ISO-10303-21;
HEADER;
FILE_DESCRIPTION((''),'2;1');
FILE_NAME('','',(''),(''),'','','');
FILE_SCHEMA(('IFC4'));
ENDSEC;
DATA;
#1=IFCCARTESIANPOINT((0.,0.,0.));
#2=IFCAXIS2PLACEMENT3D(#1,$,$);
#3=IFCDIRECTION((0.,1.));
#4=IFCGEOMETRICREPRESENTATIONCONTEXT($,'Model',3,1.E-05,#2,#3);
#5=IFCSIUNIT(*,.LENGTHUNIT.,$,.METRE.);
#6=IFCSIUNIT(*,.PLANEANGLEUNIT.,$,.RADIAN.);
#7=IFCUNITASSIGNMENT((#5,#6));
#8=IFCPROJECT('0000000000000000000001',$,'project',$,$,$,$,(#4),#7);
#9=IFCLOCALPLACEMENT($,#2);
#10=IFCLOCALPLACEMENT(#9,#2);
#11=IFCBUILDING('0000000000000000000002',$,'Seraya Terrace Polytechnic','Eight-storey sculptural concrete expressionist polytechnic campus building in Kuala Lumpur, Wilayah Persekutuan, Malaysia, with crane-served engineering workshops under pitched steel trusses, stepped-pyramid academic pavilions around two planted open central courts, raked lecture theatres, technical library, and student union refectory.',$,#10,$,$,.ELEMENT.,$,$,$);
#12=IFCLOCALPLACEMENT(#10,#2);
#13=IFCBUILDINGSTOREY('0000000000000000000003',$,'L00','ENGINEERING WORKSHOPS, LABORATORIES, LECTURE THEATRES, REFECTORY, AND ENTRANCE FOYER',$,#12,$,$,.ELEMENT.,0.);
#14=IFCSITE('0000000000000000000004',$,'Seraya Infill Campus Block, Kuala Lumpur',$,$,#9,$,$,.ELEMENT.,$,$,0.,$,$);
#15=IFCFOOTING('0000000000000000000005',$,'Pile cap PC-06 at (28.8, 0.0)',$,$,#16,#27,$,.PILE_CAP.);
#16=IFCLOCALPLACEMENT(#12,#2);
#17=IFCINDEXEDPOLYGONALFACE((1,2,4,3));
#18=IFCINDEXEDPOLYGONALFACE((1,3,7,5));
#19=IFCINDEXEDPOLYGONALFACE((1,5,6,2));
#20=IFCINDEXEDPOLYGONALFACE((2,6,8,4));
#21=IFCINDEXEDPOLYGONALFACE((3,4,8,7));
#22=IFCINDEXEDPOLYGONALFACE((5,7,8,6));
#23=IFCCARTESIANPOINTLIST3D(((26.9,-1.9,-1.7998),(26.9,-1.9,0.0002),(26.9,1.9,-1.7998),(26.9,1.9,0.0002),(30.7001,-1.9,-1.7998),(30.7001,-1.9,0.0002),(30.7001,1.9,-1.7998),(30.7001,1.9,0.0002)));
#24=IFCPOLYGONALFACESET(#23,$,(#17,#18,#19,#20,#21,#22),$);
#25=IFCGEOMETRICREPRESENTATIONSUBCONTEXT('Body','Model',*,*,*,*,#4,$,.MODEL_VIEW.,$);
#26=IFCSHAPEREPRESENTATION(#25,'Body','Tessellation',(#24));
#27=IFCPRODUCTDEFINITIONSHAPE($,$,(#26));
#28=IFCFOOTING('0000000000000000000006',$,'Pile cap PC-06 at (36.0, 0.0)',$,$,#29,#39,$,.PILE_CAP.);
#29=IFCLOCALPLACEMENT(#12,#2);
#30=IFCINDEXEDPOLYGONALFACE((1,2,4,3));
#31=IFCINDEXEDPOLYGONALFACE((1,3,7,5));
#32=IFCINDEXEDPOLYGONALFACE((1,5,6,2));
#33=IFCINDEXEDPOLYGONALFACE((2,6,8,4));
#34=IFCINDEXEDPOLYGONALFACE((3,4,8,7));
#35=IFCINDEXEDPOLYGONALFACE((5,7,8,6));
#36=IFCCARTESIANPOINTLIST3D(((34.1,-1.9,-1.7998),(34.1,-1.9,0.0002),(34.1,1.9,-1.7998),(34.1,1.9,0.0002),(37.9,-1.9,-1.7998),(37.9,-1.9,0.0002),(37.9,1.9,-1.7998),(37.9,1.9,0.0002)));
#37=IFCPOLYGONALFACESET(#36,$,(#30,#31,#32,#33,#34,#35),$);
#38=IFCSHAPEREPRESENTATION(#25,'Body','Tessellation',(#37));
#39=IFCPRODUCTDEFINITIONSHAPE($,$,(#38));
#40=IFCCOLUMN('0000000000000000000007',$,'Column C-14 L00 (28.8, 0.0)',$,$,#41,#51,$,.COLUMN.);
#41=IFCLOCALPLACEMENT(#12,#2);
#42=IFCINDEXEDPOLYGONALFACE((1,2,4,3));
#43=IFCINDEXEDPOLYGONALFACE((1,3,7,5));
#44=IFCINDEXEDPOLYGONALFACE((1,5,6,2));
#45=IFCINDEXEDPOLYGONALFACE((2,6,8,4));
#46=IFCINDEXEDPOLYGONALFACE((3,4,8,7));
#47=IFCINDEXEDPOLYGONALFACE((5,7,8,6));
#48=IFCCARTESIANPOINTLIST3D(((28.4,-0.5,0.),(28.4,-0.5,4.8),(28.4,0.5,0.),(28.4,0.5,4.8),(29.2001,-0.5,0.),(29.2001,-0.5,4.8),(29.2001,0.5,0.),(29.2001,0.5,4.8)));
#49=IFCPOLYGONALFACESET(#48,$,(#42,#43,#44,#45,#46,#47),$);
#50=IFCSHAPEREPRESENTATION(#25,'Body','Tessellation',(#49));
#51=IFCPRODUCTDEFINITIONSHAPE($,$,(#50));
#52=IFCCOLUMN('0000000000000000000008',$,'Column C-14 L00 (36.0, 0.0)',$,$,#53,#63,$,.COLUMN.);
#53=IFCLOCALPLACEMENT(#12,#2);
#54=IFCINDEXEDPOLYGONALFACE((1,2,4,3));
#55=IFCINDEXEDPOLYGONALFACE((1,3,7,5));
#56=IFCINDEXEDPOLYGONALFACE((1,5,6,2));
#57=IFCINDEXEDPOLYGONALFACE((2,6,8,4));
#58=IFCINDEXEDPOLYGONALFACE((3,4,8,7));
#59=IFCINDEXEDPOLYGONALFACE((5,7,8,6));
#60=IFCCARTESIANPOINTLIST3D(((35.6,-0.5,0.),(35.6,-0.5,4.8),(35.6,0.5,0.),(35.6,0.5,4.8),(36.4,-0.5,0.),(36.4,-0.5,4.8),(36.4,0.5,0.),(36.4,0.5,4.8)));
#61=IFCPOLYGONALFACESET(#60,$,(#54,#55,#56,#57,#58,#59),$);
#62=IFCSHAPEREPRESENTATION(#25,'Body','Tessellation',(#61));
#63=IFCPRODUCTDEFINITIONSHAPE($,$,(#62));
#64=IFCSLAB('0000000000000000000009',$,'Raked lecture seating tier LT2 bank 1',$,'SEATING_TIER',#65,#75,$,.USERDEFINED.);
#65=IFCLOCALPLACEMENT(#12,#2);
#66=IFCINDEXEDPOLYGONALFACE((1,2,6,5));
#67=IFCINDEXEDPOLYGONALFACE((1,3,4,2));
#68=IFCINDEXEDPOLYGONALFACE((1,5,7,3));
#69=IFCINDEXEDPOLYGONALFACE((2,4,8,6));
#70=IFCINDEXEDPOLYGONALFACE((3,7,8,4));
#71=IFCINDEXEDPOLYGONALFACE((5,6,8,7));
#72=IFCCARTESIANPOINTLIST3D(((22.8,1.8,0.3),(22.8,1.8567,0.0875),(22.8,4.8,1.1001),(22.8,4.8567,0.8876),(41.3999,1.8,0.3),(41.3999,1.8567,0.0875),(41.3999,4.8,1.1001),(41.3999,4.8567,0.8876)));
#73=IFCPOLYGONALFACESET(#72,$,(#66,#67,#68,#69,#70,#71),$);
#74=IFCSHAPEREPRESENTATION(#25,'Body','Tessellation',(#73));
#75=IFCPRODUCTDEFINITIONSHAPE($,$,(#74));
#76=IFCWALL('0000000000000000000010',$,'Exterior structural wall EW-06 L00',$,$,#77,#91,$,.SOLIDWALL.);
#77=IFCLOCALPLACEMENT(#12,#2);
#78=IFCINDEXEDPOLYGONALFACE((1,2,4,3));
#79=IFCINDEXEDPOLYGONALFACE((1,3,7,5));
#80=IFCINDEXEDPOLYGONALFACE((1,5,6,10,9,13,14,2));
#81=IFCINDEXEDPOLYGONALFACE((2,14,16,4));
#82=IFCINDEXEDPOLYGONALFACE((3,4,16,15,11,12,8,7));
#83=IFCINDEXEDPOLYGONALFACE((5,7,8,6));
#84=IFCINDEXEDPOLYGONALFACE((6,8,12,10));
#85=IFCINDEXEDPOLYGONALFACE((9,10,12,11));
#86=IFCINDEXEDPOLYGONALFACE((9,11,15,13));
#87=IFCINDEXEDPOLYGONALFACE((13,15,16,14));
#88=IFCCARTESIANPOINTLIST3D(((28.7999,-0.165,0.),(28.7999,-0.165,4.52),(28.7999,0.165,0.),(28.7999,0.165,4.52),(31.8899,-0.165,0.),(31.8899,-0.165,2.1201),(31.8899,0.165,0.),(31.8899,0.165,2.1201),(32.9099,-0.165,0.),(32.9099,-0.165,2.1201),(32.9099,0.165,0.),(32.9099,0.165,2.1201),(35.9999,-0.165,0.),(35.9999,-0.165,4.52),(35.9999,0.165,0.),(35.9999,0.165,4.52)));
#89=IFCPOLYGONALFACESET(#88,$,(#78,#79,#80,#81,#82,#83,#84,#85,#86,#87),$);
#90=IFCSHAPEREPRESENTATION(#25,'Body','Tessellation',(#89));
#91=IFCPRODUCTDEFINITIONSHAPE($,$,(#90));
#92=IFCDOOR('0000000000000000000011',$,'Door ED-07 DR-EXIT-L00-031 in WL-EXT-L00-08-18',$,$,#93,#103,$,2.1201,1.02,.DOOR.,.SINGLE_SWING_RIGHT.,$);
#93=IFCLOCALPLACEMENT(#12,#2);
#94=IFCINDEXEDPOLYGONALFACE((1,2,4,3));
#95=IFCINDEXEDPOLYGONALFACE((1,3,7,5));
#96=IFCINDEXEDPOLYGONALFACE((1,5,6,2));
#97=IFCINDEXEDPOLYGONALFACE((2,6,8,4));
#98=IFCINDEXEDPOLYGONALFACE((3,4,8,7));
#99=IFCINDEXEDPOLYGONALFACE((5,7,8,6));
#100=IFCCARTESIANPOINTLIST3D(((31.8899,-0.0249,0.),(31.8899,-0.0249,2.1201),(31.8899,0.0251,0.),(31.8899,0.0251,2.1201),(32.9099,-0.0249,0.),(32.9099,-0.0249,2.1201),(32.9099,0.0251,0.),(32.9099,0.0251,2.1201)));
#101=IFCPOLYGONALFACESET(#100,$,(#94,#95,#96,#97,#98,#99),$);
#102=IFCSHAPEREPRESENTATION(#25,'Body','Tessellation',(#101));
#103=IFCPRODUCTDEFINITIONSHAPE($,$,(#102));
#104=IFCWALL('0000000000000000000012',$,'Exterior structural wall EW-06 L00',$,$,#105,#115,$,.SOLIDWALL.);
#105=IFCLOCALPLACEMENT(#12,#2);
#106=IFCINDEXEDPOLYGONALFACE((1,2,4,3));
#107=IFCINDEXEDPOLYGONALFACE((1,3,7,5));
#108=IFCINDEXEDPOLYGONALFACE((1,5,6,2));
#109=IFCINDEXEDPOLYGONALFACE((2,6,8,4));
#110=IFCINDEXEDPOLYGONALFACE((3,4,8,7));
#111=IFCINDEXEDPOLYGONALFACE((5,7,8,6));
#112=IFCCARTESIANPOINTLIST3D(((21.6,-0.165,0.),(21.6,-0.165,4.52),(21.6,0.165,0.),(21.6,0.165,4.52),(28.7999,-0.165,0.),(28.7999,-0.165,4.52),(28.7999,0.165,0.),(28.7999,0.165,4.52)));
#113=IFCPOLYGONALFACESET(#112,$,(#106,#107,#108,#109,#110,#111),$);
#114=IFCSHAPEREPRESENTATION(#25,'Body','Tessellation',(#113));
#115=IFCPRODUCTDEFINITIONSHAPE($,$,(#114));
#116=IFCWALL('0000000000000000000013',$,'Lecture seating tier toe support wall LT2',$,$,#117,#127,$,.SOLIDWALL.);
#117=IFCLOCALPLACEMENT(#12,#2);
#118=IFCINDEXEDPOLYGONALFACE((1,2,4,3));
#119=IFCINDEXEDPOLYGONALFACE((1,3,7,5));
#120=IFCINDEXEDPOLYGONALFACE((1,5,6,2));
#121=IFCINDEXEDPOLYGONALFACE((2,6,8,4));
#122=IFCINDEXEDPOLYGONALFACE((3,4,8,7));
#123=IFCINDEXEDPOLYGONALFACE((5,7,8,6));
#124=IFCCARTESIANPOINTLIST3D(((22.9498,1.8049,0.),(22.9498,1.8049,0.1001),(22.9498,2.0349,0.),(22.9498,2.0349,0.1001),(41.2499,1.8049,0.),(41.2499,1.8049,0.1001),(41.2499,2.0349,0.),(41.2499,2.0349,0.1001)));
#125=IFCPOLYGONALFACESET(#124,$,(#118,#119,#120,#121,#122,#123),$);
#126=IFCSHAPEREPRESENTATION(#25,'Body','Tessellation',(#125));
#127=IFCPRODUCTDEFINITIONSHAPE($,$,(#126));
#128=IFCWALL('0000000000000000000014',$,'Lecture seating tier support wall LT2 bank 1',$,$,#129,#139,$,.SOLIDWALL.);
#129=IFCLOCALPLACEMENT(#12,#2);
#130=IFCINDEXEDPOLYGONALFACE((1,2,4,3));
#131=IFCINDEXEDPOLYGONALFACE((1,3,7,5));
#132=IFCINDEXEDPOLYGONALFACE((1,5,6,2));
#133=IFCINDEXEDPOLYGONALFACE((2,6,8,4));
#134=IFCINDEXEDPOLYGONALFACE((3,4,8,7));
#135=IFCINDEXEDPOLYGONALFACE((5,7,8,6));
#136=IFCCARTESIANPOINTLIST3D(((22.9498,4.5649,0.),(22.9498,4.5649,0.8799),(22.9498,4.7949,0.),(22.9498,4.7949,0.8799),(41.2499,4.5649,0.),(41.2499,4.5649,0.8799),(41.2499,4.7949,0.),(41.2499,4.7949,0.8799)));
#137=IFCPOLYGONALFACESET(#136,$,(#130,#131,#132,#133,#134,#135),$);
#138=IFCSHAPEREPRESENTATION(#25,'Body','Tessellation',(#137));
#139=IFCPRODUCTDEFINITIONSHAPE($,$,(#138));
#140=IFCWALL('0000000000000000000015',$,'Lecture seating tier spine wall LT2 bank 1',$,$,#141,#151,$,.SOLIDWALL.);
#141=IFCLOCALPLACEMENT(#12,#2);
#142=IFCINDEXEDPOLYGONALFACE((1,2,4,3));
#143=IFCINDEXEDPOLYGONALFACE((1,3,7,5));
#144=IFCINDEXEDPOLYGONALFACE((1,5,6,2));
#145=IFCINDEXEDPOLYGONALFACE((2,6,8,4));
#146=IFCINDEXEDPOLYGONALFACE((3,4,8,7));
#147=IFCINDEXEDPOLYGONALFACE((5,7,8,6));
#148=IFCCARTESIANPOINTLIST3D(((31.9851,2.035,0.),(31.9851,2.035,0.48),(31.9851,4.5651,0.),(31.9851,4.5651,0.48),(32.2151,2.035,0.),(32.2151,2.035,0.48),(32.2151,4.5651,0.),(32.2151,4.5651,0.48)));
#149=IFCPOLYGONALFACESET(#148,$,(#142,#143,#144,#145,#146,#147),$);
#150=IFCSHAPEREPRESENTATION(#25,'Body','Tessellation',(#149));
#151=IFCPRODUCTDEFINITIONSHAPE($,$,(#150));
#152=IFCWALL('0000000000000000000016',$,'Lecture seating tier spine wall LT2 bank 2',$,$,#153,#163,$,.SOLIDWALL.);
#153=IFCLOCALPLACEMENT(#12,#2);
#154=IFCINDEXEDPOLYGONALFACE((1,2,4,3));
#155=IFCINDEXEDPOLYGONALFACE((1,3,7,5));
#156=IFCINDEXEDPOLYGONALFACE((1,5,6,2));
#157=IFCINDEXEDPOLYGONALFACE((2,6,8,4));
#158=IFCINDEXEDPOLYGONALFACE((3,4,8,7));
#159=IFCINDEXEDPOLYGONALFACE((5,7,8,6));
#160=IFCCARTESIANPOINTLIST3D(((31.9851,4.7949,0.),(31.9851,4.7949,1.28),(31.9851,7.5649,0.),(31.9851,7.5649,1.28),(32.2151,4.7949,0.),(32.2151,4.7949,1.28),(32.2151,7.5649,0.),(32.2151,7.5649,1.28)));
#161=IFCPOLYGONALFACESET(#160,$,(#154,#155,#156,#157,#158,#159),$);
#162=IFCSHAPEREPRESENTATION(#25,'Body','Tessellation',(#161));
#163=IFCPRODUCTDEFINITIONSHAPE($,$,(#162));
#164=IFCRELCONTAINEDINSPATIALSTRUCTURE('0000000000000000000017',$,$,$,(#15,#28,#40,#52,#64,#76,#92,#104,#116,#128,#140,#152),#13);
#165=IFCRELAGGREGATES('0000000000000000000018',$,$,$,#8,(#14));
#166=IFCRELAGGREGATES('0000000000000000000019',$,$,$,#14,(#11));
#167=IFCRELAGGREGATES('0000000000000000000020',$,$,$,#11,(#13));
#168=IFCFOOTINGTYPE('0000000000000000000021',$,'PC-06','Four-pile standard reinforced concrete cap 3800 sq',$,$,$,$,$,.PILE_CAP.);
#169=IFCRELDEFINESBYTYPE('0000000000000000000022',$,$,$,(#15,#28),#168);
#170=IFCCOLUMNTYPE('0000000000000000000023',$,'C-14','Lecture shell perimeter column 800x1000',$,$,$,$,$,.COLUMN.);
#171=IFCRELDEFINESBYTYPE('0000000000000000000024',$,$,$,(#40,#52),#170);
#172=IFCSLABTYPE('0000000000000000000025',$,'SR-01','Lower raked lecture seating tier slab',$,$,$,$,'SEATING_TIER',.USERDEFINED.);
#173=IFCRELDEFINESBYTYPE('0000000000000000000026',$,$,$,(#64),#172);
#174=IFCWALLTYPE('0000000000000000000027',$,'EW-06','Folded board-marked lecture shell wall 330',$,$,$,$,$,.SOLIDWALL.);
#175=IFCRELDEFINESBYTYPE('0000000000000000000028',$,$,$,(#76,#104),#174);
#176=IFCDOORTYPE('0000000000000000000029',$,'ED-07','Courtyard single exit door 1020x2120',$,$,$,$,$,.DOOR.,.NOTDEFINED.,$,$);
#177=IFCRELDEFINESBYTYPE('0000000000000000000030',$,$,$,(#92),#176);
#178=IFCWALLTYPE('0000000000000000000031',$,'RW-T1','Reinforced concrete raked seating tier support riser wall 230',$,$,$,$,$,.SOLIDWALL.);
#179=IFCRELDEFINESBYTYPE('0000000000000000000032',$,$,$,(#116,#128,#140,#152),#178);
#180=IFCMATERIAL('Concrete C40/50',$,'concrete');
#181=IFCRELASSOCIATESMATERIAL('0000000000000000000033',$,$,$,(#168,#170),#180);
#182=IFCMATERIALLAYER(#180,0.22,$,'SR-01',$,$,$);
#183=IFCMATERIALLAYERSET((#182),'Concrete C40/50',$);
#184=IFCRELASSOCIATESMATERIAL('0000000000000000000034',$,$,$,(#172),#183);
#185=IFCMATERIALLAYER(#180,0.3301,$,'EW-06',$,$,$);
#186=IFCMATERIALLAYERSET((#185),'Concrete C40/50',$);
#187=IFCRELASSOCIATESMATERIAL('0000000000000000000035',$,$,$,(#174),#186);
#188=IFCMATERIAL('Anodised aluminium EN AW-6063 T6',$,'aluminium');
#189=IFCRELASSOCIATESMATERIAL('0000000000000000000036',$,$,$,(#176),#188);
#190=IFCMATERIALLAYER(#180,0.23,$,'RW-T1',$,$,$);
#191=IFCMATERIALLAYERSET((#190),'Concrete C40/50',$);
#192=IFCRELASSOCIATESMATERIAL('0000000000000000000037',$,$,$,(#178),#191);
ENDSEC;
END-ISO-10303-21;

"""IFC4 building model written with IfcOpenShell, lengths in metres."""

from ifc_helpers import new_model, si_unit, direction, frame, frame_2d, origin, origin_2d, place, context, subcontext, project, spatial, polyline, rectangle, outline, extrude, material, layer, layer_set, material_profile, profile_set, type_object, element, fill, save


model = new_model("IFC4")

# Units and contexts
model_context = context("Model", 3, precision=1e-05, world=origin(), true_north=direction((0.0, 1.0)))
body_context = subcontext(model_context, "Body", "Model", "MODEL_VIEW")
ifc_project = project(units=[si_unit("LENGTHUNIT", "METRE"), si_unit("PLANEANGLEUNIT", "RADIAN")], contexts=[model_context])

# Site, building, storey
site_placement = place(None, origin())
site = spatial("IfcSite", under=ifc_project, at=site_placement, Name="Seraya Infill Campus Block, Kuala Lumpur", CompositionType="ELEMENT", RefElevation=0.0)
building_placement = place(site_placement, origin())
building = spatial("IfcBuilding", under=site, at=building_placement, Name="Seraya Terrace Polytechnic", Description="Eight-storey sculptural concrete expressionist polytechnic campus building in Kuala Lumpur, Wilayah Persekutuan, Malaysia, with crane-served engineering workshops under pitched steel trusses, stepped-pyramid academic pavilions around two planted open central courts, raked lecture theatres, technical library, and student union refectory.", CompositionType="ELEMENT")
storey_placement = place(building_placement, origin())
storey = spatial("IfcBuildingStorey", under=building, at=storey_placement, Name="L00", Description="ENGINEERING WORKSHOPS, LABORATORIES, LECTURE THEATRES, REFECTORY, AND ENTRANCE FOYER", CompositionType="ELEMENT", Elevation=0.0)

# Shared definitions
ifc_material_1 = material(Name="Concrete C40/50", Category="concrete")

# Footings
footing_type_1 = type_object("IfcFootingType", Name="PC-06", Description="Four-pile standard reinforced concrete cap 3800 sq", PredefinedType="PILE_CAP", material=ifc_material_1)
for number, where, z_axis, x_axis, name in (
    (1, (28.8, 0.0, -1.7998), (0.0, 0.0, 1.0), (1.0, 0.0, 0.0), "Pile cap PC-06 at (28.8, 0.0)"),
    (2, (36.0, 0.0, -1.7998), (0.0, 0.0, 1.0), (1.0, 0.0, 0.0), "Pile cap PC-06 at (36.0, 0.0)"),
):
    element("IfcFooting", number, at=place(storey_placement, frame(where, z_axis=z_axis, x_axis=x_axis)), inside=storey, type_object=footing_type_1, Name=name, PredefinedType="PILE_CAP", context=body_context, shape_type="SweptSolid", body=[
        extrude(rectangle(XDim=3.8, YDim=3.8, at=origin_2d()), origin(), (0.0, 0.0, 1.0), 1.8),
    ])

# Columns
ifc_material_profile_1 = material_profile(ifc_material_1, rectangle(XDim=0.8, YDim=1.0, at=origin_2d()), Name="RC 800x1000")
ifc_profile_set_1 = profile_set([ifc_material_profile_1], Name="Concrete C40/50")
column_type = type_object("IfcColumnType", Name="C-14", Description="Lecture shell perimeter column 800x1000", PredefinedType="COLUMN", material=ifc_profile_set_1)
for number, where, z_axis, x_axis, name in (
    (3, (28.8, 0.0, 0.0), (0.0, 0.0, 1.0), (1.0, 0.0, 0.0), "Column C-14 L00 (28.8, 0.0)"),
    (4, (36.0, 0.0, 0.0), (0.0, 0.0, 1.0), (1.0, 0.0, 0.0), "Column C-14 L00 (36.0, 0.0)"),
):
    element("IfcColumn", number, at=place(storey_placement, frame(where, z_axis=z_axis, x_axis=x_axis)), inside=storey, type_object=column_type, Name=name, PredefinedType="COLUMN", context=body_context, shape_type="SweptSolid", body=[
        extrude(rectangle(XDim=0.8, YDim=1.0, at=origin_2d()), origin(), (0.0, 0.0, 1.0), 4.8),
    ])

# Slab
ifc_layer_1 = layer(ifc_material_1, 0.22, Name="SR-01")
ifc_layer_set_1 = layer_set([ifc_layer_1], Name="Concrete C40/50")
slab_type = type_object("IfcSlabType", Name="SR-01", Description="Lower raked lecture seating tier slab", ElementType="SEATING_TIER", PredefinedType="USERDEFINED", material=ifc_layer_set_1)
slab_placement = place(storey_placement, frame((22.8, 1.8, 0.3), z_axis=(0.0, -0.257677, 0.966231), x_axis=(1.0, 0.0, 0.0)))
element("IfcSlab", 5, at=slab_placement, inside=storey, type_object=slab_type, Name="Raked lecture seating tier LT2 bank 1", ObjectType="SEATING_TIER", PredefinedType="USERDEFINED", context=body_context, shape_type="SweptSolid", body=[
    extrude(outline(polyline([(0.0, 0.0), (18.5999, 0.0), (18.5999, 3.1048), (0.0, 3.1048), (0.0, 0.0)])), origin(), (0.0, 0.0, -1.0), 0.22),
])

# Wall, opening, door
ifc_layer_2 = layer(ifc_material_1, 0.3301, Name="EW-06")
ifc_layer_set_2 = layer_set([ifc_layer_2], Name="Concrete C40/50")
wall_type_1 = type_object("IfcWallType", Name="EW-06", Description="Folded board-marked lecture shell wall 330", PredefinedType="SOLIDWALL", material=ifc_layer_set_2)
wall_1_placement = place(storey_placement, frame((36.0, 0.0, 0.0), z_axis=(0.0, 0.0, 1.0), x_axis=(-1.0, 0.0, 0.0)))
wall_1 = element("IfcWall", 6, at=wall_1_placement, inside=storey, type_object=wall_type_1, Name="Exterior structural wall EW-06 L00", PredefinedType="SOLIDWALL", context=body_context, shape_type="SweptSolid", body=[
    extrude(rectangle(XDim=7.2, YDim=0.3301, at=frame_2d((3.6001, 0.0))), origin(), (0.0, 0.0, 1.0), 4.52),
])
opening_placement = place(wall_1_placement, frame((3.0901, 0.0, 0.0)))
opening = element("IfcOpeningElement", 7, at=opening_placement, cuts=wall_1, PredefinedType="OPENING", context=body_context, shape_type="SweptSolid", body=[
    extrude(rectangle(XDim=1.02, YDim=2.1201, at=frame_2d((0.51, 1.0601))), frame((0.0, 0.177, 0.0), z_axis=(0.0, -1.0, 0.0), x_axis=(1.0, 0.0, 0.0)), (0.0, 0.0, 1.0), 0.354),
])
ifc_material_2 = material(Name="Anodised aluminium EN AW-6063 T6", Category="aluminium")
door_type = type_object("IfcDoorType", Name="ED-07", Description="Courtyard single exit door 1020x2120", OperationType="NOTDEFINED", PredefinedType="DOOR", material=ifc_material_2)
door_placement = place(opening_placement, origin())
door = element("IfcDoor", 8, at=door_placement, inside=storey, type_object=door_type, Name="Door ED-07 DR-EXIT-L00-031 in WL-EXT-L00-08-18", OperationType="SINGLE_SWING_RIGHT", OverallHeight=2.1201, OverallWidth=1.02, PredefinedType="DOOR", context=body_context, shape_type="SweptSolid", body=[
    extrude(rectangle(XDim=1.02, YDim=2.1201, at=frame_2d((0.51, 1.0601))), frame((0.0, 0.0249, 0.0), z_axis=(0.0, -1.0, 0.0), x_axis=(1.0, 0.0, 0.0)), (0.0, 0.0, 1.0), 0.05),
])
fill(opening, door)

# Walls
wall_2_placement = place(storey_placement, frame((28.8, 0.0, 0.0), z_axis=(0.0, 0.0, 1.0), x_axis=(-1.0, 0.0, 0.0)))
element("IfcWall", 9, at=wall_2_placement, inside=storey, type_object=wall_type_1, Name="Exterior structural wall EW-06 L00", PredefinedType="SOLIDWALL", context=body_context, shape_type="SweptSolid", body=[
    extrude(rectangle(XDim=7.2, YDim=0.3301, at=frame_2d((3.6001, 0.0))), origin(), (0.0, 0.0, 1.0), 4.52),
])
ifc_layer_3 = layer(ifc_material_1, 0.23, Name="RW-T1")
ifc_layer_set_3 = layer_set([ifc_layer_3], Name="Concrete C40/50")
wall_type_2 = type_object("IfcWallType", Name="RW-T1", Description="Reinforced concrete raked seating tier support riser wall 230", PredefinedType="SOLIDWALL", material=ifc_layer_set_3)
wall_3_placement = place(storey_placement, frame((22.95, 1.9199, 0.0), z_axis=(0.0, 0.0, 1.0), x_axis=(1.0, 0.0, 0.0)))
element("IfcWall", 10, at=wall_3_placement, inside=storey, type_object=wall_type_2, Name="Lecture seating tier toe support wall LT2", PredefinedType="SOLIDWALL", context=body_context, shape_type="SweptSolid", body=[
    extrude(rectangle(XDim=18.3, YDim=0.23, at=frame_2d((9.1499, 0.0))), origin(), (0.0, 0.0, 1.0), 0.1001),
])
wall_4_placement = place(storey_placement, frame((22.95, 4.6799, 0.0), z_axis=(0.0, 0.0, 1.0), x_axis=(1.0, 0.0, 0.0)))
element("IfcWall", 11, at=wall_4_placement, inside=storey, type_object=wall_type_2, Name="Lecture seating tier support wall LT2 bank 1", PredefinedType="SOLIDWALL", context=body_context, shape_type="SweptSolid", body=[
    extrude(rectangle(XDim=18.3, YDim=0.23, at=frame_2d((9.1499, 0.0))), origin(), (0.0, 0.0, 1.0), 0.8799),
])
wall_5_placement = place(storey_placement, frame((32.1001, 2.0349, 0.0), z_axis=(0.0, 0.0, 1.0), x_axis=(0.0, 1.0, 0.0)))
element("IfcWall", 12, at=wall_5_placement, inside=storey, type_object=wall_type_2, Name="Lecture seating tier spine wall LT2 bank 1", PredefinedType="SOLIDWALL", context=body_context, shape_type="SweptSolid", body=[
    extrude(rectangle(XDim=2.53, YDim=0.23, at=frame_2d((1.2651, 0.0))), origin(), (0.0, 0.0, 1.0), 0.48),
])
wall_6_placement = place(storey_placement, frame((32.1001, 4.7949, 0.0), z_axis=(0.0, 0.0, 1.0), x_axis=(0.0, 1.0, 0.0)))
element("IfcWall", 13, at=wall_6_placement, inside=storey, type_object=wall_type_2, Name="Lecture seating tier spine wall LT2 bank 2", PredefinedType="SOLIDWALL", context=body_context, shape_type="SweptSolid", body=[
    extrude(rectangle(XDim=2.77, YDim=0.23, at=frame_2d((1.385, 0.0))), origin(), (0.0, 0.0, 1.0), 1.28),
])

save(model, "model.ifc")
